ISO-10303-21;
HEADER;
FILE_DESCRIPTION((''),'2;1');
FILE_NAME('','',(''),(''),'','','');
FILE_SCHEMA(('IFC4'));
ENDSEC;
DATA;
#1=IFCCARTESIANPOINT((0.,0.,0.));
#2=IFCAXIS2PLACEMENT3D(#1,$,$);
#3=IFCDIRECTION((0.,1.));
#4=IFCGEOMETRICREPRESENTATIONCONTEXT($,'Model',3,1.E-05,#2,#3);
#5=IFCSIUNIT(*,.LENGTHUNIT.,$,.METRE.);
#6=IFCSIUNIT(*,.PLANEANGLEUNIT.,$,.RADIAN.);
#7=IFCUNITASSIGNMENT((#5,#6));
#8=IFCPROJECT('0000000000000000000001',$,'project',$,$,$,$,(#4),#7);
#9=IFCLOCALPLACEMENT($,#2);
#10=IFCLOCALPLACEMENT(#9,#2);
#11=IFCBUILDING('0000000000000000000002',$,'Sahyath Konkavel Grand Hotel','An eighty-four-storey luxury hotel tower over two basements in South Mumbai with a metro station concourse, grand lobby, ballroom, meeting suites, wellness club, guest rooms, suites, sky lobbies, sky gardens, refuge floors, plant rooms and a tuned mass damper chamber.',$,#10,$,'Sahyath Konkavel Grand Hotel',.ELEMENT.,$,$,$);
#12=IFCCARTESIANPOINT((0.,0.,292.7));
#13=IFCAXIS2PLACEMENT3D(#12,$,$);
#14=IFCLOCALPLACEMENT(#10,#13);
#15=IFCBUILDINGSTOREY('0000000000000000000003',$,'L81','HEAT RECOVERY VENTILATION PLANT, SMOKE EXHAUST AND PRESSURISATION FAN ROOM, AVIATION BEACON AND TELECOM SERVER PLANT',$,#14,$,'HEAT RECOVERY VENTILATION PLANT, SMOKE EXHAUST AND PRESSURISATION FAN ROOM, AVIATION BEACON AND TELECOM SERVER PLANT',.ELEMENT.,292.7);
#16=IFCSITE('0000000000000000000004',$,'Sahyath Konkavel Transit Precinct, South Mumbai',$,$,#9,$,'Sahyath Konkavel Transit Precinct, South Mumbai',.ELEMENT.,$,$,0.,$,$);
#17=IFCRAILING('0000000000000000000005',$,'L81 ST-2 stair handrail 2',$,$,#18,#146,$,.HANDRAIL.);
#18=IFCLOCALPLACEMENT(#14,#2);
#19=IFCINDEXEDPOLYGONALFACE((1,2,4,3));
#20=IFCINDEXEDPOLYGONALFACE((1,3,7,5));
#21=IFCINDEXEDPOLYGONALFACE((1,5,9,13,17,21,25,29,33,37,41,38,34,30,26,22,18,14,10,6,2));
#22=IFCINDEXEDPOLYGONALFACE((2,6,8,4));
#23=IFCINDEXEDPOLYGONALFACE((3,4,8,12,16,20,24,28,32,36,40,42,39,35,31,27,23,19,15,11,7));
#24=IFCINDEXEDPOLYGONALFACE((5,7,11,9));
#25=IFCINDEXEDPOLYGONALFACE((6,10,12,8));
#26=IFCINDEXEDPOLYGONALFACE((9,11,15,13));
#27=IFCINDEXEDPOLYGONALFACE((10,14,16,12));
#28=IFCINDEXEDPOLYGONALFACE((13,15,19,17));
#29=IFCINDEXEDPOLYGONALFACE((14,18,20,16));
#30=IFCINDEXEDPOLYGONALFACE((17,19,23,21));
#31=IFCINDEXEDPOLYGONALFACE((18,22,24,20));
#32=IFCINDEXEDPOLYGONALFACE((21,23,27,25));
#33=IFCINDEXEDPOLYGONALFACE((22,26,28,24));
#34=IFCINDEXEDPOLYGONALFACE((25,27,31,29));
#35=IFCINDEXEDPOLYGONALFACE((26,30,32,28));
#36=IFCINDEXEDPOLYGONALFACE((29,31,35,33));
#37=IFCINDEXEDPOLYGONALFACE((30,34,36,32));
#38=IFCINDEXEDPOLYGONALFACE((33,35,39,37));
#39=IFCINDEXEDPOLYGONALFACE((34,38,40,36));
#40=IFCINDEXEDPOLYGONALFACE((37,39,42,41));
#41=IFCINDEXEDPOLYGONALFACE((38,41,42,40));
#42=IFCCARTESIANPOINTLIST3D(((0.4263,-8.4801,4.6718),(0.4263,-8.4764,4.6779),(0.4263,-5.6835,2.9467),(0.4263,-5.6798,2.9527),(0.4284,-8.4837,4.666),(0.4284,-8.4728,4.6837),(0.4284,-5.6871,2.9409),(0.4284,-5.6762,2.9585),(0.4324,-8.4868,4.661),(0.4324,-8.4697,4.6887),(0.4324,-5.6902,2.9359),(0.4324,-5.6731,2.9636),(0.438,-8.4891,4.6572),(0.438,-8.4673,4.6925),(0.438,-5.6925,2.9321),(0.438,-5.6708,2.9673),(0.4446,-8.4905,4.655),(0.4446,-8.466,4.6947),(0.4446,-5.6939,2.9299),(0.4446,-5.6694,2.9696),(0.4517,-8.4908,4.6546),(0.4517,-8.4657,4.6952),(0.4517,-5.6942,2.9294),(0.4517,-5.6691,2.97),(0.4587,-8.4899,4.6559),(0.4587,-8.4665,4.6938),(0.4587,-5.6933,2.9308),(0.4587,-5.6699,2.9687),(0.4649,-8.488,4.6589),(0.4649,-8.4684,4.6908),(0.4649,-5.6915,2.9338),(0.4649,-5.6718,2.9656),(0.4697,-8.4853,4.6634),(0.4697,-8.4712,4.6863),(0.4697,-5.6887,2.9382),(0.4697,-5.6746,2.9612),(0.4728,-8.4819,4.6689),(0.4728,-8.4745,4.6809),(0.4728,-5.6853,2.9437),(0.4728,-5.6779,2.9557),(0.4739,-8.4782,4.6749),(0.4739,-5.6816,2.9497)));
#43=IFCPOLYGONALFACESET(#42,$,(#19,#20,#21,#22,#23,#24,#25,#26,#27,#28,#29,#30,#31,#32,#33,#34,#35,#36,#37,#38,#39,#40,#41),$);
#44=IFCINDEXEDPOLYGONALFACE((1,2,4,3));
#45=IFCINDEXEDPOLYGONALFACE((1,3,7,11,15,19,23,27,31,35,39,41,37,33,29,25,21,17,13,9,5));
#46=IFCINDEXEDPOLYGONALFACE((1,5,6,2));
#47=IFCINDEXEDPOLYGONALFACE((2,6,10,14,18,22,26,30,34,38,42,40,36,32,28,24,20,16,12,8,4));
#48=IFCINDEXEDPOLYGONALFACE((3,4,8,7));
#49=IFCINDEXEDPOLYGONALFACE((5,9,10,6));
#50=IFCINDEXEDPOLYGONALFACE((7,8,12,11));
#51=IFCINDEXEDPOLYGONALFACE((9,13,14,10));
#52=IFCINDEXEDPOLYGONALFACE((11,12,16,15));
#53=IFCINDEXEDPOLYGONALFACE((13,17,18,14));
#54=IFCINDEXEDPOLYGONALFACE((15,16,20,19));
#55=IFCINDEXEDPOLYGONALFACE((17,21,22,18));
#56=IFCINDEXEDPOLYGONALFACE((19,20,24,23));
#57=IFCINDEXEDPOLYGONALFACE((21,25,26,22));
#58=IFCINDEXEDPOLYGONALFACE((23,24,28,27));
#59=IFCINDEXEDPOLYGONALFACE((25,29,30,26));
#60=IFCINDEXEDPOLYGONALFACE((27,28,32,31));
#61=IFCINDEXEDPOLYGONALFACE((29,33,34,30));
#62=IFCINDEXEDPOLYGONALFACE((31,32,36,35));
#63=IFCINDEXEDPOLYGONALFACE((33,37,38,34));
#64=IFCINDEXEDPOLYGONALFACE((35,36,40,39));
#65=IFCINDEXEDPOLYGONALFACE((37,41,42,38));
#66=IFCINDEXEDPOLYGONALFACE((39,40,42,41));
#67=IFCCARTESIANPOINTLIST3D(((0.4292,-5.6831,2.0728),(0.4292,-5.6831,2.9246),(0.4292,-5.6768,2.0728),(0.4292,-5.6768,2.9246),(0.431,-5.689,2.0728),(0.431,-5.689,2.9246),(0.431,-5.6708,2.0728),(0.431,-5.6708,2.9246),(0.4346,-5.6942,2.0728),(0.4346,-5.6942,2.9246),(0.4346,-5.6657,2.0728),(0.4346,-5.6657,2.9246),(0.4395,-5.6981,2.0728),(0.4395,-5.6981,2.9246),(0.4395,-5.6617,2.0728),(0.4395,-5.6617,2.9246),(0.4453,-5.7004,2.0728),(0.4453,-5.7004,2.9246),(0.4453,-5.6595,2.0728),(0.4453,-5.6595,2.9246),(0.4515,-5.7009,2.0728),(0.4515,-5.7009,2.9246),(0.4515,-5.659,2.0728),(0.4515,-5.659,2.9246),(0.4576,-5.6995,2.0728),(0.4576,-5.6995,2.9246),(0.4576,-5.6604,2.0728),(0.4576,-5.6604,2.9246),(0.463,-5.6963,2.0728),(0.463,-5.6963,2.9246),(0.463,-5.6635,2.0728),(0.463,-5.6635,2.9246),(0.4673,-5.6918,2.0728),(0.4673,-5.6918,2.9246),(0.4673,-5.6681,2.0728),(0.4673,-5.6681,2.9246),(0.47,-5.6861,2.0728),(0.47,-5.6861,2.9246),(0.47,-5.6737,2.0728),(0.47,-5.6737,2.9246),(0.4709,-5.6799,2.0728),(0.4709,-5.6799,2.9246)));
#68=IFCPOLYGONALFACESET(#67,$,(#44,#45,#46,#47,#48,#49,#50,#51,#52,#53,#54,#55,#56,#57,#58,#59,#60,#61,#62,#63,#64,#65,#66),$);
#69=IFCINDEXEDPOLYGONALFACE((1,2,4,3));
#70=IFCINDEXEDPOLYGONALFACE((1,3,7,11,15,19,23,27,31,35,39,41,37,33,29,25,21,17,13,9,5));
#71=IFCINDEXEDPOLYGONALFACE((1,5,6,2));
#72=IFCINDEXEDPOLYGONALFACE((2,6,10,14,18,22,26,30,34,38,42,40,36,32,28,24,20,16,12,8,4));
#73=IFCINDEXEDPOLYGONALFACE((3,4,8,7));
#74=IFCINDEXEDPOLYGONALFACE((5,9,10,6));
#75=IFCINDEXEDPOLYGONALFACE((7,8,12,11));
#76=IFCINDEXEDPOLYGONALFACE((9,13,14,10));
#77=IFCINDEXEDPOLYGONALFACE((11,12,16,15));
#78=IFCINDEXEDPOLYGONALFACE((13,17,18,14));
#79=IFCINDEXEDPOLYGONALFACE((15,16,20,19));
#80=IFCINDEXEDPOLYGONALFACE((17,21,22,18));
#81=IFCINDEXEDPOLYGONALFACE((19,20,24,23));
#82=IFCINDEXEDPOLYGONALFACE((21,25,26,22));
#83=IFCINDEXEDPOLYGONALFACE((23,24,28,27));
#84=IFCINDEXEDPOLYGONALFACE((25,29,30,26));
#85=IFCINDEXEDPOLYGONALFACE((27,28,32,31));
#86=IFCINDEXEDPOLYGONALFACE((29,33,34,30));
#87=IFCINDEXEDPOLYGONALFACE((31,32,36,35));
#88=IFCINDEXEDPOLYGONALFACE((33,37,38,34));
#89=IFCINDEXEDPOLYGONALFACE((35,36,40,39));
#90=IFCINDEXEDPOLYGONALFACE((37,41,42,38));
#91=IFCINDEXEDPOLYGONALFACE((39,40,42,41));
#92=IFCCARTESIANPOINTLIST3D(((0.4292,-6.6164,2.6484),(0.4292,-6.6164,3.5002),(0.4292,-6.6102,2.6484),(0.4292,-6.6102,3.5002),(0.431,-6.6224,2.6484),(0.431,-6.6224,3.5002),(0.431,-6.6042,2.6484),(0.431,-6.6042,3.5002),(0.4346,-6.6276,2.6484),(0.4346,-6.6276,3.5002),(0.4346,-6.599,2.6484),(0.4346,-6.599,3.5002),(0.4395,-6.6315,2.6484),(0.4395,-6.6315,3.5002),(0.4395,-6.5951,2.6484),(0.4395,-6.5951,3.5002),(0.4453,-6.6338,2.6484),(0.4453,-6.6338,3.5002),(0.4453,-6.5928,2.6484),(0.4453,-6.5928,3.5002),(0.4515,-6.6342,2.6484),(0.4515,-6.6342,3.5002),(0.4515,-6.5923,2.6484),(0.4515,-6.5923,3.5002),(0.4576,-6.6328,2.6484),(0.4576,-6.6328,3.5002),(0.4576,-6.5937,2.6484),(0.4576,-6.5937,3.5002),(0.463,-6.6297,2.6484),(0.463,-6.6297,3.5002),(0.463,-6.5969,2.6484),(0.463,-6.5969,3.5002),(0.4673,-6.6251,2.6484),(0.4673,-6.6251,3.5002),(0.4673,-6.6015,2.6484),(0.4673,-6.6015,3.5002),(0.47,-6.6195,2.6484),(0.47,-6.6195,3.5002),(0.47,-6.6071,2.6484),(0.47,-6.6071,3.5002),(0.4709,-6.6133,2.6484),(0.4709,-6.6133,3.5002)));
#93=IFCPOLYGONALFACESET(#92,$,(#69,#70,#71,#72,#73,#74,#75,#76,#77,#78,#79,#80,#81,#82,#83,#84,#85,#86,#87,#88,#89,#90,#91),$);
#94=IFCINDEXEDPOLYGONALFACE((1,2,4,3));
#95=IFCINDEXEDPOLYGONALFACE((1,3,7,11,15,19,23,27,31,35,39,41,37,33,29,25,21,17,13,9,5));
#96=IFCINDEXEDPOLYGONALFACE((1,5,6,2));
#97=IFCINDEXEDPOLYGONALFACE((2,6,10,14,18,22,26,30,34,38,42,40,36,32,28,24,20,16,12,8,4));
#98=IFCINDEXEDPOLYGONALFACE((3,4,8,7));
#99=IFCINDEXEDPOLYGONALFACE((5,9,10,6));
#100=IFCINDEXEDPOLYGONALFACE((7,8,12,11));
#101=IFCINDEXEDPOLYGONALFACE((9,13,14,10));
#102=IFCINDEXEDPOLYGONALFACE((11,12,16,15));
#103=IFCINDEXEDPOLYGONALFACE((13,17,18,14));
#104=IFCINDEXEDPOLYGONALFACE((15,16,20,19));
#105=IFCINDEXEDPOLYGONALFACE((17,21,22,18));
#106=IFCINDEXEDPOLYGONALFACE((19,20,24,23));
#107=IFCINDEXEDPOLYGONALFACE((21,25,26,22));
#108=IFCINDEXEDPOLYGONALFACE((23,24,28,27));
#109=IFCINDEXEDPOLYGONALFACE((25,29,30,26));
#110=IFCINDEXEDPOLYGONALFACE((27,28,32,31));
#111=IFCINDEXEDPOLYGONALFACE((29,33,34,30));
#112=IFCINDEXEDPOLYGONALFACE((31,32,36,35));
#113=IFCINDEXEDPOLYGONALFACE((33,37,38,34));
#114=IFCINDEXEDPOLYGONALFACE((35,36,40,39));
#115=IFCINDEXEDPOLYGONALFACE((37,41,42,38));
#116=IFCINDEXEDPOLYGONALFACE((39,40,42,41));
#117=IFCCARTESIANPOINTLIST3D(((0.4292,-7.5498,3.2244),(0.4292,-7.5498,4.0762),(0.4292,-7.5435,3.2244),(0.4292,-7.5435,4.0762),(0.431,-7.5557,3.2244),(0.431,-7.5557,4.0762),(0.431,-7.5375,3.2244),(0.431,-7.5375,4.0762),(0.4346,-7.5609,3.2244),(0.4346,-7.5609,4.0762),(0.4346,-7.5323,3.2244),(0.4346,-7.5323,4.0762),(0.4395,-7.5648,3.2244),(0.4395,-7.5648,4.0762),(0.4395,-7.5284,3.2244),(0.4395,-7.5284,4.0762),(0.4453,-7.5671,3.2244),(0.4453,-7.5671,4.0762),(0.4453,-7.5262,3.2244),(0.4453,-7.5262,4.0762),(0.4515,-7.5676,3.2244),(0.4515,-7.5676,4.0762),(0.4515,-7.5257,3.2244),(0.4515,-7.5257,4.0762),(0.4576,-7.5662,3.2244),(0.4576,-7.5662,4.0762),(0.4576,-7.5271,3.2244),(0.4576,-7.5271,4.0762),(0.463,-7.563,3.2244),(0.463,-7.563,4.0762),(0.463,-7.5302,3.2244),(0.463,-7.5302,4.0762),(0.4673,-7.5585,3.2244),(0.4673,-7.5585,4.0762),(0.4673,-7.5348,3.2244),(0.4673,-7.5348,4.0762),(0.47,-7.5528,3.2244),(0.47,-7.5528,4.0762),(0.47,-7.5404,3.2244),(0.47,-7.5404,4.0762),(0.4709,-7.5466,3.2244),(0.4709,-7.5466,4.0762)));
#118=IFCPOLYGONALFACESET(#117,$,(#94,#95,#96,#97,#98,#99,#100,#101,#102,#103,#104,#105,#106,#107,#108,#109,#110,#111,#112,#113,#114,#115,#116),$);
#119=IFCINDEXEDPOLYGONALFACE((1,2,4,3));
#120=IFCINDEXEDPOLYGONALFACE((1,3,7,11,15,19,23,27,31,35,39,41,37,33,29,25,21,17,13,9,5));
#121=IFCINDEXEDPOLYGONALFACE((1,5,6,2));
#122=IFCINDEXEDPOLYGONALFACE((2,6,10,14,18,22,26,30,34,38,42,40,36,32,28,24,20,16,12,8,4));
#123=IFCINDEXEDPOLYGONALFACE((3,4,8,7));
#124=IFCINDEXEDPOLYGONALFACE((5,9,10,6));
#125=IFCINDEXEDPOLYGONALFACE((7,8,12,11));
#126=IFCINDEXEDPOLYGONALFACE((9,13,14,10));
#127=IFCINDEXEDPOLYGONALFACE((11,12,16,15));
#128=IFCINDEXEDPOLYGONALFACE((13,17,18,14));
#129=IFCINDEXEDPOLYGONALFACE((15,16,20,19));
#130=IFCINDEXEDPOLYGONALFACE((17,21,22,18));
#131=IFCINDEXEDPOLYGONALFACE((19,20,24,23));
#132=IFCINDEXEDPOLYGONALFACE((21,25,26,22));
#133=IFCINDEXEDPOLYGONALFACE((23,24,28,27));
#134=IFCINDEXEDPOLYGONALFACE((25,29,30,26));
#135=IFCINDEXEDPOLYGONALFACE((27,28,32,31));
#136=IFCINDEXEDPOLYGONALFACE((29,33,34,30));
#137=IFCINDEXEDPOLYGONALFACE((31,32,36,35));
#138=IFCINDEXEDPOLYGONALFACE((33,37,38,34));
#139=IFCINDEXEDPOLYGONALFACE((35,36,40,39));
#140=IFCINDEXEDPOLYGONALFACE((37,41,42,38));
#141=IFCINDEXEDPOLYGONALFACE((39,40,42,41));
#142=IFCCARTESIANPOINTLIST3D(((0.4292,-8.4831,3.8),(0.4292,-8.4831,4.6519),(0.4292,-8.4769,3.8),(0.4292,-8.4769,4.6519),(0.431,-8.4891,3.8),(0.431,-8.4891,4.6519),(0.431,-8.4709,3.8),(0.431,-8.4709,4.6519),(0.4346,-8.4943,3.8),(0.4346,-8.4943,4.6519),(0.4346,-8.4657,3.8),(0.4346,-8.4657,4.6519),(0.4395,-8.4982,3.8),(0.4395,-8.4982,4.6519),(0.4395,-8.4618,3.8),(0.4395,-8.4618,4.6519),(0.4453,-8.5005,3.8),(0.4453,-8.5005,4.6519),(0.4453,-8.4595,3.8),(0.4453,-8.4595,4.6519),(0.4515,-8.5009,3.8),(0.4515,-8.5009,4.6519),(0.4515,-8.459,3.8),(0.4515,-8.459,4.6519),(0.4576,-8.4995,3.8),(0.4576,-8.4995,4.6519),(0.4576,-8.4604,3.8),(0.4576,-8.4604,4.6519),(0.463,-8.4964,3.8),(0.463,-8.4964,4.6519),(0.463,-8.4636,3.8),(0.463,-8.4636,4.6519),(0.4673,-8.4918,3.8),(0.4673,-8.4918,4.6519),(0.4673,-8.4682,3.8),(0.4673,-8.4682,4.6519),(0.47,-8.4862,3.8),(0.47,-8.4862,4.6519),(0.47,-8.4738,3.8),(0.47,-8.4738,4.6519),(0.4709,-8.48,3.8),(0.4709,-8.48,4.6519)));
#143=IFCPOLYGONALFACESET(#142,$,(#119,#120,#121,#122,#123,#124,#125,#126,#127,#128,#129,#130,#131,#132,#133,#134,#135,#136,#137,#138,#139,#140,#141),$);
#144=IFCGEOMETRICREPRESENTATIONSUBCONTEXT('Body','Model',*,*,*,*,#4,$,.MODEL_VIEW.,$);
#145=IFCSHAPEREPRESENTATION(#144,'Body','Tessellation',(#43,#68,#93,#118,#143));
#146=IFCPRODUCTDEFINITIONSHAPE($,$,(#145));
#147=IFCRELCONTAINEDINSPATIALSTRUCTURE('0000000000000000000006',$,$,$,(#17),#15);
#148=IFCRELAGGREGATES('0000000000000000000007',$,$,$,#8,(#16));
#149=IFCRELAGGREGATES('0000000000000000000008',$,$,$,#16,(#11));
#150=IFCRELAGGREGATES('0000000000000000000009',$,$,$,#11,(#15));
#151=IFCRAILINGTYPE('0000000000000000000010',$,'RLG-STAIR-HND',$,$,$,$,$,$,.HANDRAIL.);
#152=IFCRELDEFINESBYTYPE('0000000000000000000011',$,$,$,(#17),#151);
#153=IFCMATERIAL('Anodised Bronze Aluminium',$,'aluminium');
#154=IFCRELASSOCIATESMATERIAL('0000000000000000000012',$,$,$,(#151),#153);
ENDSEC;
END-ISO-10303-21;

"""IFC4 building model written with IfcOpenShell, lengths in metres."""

from ifc_helpers import new_model, si_unit, direction, frame, origin, origin_2d, place, context, subcontext, project, spatial, circle, extrude, material, type_object, element, save


model = new_model("IFC4")

# Units and contexts
model_context = context("Model", 3, precision=1e-05, world=origin(), true_north=direction((0.0, 1.0)))
body_context = subcontext(model_context, "Body", "Model", "MODEL_VIEW")
ifc_project = project(units=[si_unit("LENGTHUNIT", "METRE"), si_unit("PLANEANGLEUNIT", "RADIAN")], contexts=[model_context])

# Site, building, storey
site_placement = place(None, origin())
site = spatial("IfcSite", under=ifc_project, at=site_placement, Name="Sahyath Konkavel Transit Precinct, South Mumbai", LongName="Sahyath Konkavel Transit Precinct, South Mumbai", CompositionType="ELEMENT", RefElevation=0.0)
building_placement = place(site_placement, origin())
building = spatial("IfcBuilding", under=site, at=building_placement, Name="Sahyath Konkavel Grand Hotel", Description="An eighty-four-storey luxury hotel tower over two basements in South Mumbai with a metro station concourse, grand lobby, ballroom, meeting suites, wellness club, guest rooms, suites, sky lobbies, sky gardens, refuge floors, plant rooms and a tuned mass damper chamber.", LongName="Sahyath Konkavel Grand Hotel", CompositionType="ELEMENT")
storey_placement = place(building_placement, frame((0.0, 0.0, 292.7)))
storey = spatial("IfcBuildingStorey", under=building, at=storey_placement, Name="L81", Description="HEAT RECOVERY VENTILATION PLANT, SMOKE EXHAUST AND PRESSURISATION FAN ROOM, AVIATION BEACON AND TELECOM SERVER PLANT", LongName="HEAT RECOVERY VENTILATION PLANT, SMOKE EXHAUST AND PRESSURISATION FAN ROOM, AVIATION BEACON AND TELECOM SERVER PLANT", CompositionType="ELEMENT", Elevation=292.7)

# Railing
ifc_material_1 = material(Name="Anodised Bronze Aluminium", Category="aluminium")
railing_type_1 = type_object("IfcRailingType", Name="RLG-STAIR-HND", PredefinedType="HANDRAIL", material=ifc_material_1)
railing_1_placement = place(storey_placement, frame((0.45, -5.6799, 2.0728)))
element("IfcRailing", 1, at=railing_1_placement, inside=storey, type_object=railing_type_1, Name="L81 ST-2 stair handrail 2", PredefinedType="HANDRAIL", context=body_context, shape_type="SweptSolid", body=[
    extrude(circle(Radius=0.0239, at=origin_2d()), frame((0.0, -0.0017, 0.877), z_axis=(0.0, -0.85109, 0.52502), x_axis=(1.0, 0.0, 0.0)), (0.0, 0.0, 1.0), 3.2859),
    extrude(circle(Radius=0.021, at=origin_2d()), origin(), (0.0, 0.0, 1.0), 0.8518),
    extrude(circle(Radius=0.021, at=origin_2d()), frame((0.0, -0.9333, 0.5757)), (0.0, 0.0, 1.0), 0.8518),
    extrude(circle(Radius=0.021, at=origin_2d()), frame((0.0, -1.8667, 1.1516)), (0.0, 0.0, 1.0), 0.8518),
    extrude(circle(Radius=0.021, at=origin_2d()), frame((0.0, -2.8, 1.7273)), (0.0, 0.0, 1.0), 0.8518),
])

save(model, "model.ifc")
